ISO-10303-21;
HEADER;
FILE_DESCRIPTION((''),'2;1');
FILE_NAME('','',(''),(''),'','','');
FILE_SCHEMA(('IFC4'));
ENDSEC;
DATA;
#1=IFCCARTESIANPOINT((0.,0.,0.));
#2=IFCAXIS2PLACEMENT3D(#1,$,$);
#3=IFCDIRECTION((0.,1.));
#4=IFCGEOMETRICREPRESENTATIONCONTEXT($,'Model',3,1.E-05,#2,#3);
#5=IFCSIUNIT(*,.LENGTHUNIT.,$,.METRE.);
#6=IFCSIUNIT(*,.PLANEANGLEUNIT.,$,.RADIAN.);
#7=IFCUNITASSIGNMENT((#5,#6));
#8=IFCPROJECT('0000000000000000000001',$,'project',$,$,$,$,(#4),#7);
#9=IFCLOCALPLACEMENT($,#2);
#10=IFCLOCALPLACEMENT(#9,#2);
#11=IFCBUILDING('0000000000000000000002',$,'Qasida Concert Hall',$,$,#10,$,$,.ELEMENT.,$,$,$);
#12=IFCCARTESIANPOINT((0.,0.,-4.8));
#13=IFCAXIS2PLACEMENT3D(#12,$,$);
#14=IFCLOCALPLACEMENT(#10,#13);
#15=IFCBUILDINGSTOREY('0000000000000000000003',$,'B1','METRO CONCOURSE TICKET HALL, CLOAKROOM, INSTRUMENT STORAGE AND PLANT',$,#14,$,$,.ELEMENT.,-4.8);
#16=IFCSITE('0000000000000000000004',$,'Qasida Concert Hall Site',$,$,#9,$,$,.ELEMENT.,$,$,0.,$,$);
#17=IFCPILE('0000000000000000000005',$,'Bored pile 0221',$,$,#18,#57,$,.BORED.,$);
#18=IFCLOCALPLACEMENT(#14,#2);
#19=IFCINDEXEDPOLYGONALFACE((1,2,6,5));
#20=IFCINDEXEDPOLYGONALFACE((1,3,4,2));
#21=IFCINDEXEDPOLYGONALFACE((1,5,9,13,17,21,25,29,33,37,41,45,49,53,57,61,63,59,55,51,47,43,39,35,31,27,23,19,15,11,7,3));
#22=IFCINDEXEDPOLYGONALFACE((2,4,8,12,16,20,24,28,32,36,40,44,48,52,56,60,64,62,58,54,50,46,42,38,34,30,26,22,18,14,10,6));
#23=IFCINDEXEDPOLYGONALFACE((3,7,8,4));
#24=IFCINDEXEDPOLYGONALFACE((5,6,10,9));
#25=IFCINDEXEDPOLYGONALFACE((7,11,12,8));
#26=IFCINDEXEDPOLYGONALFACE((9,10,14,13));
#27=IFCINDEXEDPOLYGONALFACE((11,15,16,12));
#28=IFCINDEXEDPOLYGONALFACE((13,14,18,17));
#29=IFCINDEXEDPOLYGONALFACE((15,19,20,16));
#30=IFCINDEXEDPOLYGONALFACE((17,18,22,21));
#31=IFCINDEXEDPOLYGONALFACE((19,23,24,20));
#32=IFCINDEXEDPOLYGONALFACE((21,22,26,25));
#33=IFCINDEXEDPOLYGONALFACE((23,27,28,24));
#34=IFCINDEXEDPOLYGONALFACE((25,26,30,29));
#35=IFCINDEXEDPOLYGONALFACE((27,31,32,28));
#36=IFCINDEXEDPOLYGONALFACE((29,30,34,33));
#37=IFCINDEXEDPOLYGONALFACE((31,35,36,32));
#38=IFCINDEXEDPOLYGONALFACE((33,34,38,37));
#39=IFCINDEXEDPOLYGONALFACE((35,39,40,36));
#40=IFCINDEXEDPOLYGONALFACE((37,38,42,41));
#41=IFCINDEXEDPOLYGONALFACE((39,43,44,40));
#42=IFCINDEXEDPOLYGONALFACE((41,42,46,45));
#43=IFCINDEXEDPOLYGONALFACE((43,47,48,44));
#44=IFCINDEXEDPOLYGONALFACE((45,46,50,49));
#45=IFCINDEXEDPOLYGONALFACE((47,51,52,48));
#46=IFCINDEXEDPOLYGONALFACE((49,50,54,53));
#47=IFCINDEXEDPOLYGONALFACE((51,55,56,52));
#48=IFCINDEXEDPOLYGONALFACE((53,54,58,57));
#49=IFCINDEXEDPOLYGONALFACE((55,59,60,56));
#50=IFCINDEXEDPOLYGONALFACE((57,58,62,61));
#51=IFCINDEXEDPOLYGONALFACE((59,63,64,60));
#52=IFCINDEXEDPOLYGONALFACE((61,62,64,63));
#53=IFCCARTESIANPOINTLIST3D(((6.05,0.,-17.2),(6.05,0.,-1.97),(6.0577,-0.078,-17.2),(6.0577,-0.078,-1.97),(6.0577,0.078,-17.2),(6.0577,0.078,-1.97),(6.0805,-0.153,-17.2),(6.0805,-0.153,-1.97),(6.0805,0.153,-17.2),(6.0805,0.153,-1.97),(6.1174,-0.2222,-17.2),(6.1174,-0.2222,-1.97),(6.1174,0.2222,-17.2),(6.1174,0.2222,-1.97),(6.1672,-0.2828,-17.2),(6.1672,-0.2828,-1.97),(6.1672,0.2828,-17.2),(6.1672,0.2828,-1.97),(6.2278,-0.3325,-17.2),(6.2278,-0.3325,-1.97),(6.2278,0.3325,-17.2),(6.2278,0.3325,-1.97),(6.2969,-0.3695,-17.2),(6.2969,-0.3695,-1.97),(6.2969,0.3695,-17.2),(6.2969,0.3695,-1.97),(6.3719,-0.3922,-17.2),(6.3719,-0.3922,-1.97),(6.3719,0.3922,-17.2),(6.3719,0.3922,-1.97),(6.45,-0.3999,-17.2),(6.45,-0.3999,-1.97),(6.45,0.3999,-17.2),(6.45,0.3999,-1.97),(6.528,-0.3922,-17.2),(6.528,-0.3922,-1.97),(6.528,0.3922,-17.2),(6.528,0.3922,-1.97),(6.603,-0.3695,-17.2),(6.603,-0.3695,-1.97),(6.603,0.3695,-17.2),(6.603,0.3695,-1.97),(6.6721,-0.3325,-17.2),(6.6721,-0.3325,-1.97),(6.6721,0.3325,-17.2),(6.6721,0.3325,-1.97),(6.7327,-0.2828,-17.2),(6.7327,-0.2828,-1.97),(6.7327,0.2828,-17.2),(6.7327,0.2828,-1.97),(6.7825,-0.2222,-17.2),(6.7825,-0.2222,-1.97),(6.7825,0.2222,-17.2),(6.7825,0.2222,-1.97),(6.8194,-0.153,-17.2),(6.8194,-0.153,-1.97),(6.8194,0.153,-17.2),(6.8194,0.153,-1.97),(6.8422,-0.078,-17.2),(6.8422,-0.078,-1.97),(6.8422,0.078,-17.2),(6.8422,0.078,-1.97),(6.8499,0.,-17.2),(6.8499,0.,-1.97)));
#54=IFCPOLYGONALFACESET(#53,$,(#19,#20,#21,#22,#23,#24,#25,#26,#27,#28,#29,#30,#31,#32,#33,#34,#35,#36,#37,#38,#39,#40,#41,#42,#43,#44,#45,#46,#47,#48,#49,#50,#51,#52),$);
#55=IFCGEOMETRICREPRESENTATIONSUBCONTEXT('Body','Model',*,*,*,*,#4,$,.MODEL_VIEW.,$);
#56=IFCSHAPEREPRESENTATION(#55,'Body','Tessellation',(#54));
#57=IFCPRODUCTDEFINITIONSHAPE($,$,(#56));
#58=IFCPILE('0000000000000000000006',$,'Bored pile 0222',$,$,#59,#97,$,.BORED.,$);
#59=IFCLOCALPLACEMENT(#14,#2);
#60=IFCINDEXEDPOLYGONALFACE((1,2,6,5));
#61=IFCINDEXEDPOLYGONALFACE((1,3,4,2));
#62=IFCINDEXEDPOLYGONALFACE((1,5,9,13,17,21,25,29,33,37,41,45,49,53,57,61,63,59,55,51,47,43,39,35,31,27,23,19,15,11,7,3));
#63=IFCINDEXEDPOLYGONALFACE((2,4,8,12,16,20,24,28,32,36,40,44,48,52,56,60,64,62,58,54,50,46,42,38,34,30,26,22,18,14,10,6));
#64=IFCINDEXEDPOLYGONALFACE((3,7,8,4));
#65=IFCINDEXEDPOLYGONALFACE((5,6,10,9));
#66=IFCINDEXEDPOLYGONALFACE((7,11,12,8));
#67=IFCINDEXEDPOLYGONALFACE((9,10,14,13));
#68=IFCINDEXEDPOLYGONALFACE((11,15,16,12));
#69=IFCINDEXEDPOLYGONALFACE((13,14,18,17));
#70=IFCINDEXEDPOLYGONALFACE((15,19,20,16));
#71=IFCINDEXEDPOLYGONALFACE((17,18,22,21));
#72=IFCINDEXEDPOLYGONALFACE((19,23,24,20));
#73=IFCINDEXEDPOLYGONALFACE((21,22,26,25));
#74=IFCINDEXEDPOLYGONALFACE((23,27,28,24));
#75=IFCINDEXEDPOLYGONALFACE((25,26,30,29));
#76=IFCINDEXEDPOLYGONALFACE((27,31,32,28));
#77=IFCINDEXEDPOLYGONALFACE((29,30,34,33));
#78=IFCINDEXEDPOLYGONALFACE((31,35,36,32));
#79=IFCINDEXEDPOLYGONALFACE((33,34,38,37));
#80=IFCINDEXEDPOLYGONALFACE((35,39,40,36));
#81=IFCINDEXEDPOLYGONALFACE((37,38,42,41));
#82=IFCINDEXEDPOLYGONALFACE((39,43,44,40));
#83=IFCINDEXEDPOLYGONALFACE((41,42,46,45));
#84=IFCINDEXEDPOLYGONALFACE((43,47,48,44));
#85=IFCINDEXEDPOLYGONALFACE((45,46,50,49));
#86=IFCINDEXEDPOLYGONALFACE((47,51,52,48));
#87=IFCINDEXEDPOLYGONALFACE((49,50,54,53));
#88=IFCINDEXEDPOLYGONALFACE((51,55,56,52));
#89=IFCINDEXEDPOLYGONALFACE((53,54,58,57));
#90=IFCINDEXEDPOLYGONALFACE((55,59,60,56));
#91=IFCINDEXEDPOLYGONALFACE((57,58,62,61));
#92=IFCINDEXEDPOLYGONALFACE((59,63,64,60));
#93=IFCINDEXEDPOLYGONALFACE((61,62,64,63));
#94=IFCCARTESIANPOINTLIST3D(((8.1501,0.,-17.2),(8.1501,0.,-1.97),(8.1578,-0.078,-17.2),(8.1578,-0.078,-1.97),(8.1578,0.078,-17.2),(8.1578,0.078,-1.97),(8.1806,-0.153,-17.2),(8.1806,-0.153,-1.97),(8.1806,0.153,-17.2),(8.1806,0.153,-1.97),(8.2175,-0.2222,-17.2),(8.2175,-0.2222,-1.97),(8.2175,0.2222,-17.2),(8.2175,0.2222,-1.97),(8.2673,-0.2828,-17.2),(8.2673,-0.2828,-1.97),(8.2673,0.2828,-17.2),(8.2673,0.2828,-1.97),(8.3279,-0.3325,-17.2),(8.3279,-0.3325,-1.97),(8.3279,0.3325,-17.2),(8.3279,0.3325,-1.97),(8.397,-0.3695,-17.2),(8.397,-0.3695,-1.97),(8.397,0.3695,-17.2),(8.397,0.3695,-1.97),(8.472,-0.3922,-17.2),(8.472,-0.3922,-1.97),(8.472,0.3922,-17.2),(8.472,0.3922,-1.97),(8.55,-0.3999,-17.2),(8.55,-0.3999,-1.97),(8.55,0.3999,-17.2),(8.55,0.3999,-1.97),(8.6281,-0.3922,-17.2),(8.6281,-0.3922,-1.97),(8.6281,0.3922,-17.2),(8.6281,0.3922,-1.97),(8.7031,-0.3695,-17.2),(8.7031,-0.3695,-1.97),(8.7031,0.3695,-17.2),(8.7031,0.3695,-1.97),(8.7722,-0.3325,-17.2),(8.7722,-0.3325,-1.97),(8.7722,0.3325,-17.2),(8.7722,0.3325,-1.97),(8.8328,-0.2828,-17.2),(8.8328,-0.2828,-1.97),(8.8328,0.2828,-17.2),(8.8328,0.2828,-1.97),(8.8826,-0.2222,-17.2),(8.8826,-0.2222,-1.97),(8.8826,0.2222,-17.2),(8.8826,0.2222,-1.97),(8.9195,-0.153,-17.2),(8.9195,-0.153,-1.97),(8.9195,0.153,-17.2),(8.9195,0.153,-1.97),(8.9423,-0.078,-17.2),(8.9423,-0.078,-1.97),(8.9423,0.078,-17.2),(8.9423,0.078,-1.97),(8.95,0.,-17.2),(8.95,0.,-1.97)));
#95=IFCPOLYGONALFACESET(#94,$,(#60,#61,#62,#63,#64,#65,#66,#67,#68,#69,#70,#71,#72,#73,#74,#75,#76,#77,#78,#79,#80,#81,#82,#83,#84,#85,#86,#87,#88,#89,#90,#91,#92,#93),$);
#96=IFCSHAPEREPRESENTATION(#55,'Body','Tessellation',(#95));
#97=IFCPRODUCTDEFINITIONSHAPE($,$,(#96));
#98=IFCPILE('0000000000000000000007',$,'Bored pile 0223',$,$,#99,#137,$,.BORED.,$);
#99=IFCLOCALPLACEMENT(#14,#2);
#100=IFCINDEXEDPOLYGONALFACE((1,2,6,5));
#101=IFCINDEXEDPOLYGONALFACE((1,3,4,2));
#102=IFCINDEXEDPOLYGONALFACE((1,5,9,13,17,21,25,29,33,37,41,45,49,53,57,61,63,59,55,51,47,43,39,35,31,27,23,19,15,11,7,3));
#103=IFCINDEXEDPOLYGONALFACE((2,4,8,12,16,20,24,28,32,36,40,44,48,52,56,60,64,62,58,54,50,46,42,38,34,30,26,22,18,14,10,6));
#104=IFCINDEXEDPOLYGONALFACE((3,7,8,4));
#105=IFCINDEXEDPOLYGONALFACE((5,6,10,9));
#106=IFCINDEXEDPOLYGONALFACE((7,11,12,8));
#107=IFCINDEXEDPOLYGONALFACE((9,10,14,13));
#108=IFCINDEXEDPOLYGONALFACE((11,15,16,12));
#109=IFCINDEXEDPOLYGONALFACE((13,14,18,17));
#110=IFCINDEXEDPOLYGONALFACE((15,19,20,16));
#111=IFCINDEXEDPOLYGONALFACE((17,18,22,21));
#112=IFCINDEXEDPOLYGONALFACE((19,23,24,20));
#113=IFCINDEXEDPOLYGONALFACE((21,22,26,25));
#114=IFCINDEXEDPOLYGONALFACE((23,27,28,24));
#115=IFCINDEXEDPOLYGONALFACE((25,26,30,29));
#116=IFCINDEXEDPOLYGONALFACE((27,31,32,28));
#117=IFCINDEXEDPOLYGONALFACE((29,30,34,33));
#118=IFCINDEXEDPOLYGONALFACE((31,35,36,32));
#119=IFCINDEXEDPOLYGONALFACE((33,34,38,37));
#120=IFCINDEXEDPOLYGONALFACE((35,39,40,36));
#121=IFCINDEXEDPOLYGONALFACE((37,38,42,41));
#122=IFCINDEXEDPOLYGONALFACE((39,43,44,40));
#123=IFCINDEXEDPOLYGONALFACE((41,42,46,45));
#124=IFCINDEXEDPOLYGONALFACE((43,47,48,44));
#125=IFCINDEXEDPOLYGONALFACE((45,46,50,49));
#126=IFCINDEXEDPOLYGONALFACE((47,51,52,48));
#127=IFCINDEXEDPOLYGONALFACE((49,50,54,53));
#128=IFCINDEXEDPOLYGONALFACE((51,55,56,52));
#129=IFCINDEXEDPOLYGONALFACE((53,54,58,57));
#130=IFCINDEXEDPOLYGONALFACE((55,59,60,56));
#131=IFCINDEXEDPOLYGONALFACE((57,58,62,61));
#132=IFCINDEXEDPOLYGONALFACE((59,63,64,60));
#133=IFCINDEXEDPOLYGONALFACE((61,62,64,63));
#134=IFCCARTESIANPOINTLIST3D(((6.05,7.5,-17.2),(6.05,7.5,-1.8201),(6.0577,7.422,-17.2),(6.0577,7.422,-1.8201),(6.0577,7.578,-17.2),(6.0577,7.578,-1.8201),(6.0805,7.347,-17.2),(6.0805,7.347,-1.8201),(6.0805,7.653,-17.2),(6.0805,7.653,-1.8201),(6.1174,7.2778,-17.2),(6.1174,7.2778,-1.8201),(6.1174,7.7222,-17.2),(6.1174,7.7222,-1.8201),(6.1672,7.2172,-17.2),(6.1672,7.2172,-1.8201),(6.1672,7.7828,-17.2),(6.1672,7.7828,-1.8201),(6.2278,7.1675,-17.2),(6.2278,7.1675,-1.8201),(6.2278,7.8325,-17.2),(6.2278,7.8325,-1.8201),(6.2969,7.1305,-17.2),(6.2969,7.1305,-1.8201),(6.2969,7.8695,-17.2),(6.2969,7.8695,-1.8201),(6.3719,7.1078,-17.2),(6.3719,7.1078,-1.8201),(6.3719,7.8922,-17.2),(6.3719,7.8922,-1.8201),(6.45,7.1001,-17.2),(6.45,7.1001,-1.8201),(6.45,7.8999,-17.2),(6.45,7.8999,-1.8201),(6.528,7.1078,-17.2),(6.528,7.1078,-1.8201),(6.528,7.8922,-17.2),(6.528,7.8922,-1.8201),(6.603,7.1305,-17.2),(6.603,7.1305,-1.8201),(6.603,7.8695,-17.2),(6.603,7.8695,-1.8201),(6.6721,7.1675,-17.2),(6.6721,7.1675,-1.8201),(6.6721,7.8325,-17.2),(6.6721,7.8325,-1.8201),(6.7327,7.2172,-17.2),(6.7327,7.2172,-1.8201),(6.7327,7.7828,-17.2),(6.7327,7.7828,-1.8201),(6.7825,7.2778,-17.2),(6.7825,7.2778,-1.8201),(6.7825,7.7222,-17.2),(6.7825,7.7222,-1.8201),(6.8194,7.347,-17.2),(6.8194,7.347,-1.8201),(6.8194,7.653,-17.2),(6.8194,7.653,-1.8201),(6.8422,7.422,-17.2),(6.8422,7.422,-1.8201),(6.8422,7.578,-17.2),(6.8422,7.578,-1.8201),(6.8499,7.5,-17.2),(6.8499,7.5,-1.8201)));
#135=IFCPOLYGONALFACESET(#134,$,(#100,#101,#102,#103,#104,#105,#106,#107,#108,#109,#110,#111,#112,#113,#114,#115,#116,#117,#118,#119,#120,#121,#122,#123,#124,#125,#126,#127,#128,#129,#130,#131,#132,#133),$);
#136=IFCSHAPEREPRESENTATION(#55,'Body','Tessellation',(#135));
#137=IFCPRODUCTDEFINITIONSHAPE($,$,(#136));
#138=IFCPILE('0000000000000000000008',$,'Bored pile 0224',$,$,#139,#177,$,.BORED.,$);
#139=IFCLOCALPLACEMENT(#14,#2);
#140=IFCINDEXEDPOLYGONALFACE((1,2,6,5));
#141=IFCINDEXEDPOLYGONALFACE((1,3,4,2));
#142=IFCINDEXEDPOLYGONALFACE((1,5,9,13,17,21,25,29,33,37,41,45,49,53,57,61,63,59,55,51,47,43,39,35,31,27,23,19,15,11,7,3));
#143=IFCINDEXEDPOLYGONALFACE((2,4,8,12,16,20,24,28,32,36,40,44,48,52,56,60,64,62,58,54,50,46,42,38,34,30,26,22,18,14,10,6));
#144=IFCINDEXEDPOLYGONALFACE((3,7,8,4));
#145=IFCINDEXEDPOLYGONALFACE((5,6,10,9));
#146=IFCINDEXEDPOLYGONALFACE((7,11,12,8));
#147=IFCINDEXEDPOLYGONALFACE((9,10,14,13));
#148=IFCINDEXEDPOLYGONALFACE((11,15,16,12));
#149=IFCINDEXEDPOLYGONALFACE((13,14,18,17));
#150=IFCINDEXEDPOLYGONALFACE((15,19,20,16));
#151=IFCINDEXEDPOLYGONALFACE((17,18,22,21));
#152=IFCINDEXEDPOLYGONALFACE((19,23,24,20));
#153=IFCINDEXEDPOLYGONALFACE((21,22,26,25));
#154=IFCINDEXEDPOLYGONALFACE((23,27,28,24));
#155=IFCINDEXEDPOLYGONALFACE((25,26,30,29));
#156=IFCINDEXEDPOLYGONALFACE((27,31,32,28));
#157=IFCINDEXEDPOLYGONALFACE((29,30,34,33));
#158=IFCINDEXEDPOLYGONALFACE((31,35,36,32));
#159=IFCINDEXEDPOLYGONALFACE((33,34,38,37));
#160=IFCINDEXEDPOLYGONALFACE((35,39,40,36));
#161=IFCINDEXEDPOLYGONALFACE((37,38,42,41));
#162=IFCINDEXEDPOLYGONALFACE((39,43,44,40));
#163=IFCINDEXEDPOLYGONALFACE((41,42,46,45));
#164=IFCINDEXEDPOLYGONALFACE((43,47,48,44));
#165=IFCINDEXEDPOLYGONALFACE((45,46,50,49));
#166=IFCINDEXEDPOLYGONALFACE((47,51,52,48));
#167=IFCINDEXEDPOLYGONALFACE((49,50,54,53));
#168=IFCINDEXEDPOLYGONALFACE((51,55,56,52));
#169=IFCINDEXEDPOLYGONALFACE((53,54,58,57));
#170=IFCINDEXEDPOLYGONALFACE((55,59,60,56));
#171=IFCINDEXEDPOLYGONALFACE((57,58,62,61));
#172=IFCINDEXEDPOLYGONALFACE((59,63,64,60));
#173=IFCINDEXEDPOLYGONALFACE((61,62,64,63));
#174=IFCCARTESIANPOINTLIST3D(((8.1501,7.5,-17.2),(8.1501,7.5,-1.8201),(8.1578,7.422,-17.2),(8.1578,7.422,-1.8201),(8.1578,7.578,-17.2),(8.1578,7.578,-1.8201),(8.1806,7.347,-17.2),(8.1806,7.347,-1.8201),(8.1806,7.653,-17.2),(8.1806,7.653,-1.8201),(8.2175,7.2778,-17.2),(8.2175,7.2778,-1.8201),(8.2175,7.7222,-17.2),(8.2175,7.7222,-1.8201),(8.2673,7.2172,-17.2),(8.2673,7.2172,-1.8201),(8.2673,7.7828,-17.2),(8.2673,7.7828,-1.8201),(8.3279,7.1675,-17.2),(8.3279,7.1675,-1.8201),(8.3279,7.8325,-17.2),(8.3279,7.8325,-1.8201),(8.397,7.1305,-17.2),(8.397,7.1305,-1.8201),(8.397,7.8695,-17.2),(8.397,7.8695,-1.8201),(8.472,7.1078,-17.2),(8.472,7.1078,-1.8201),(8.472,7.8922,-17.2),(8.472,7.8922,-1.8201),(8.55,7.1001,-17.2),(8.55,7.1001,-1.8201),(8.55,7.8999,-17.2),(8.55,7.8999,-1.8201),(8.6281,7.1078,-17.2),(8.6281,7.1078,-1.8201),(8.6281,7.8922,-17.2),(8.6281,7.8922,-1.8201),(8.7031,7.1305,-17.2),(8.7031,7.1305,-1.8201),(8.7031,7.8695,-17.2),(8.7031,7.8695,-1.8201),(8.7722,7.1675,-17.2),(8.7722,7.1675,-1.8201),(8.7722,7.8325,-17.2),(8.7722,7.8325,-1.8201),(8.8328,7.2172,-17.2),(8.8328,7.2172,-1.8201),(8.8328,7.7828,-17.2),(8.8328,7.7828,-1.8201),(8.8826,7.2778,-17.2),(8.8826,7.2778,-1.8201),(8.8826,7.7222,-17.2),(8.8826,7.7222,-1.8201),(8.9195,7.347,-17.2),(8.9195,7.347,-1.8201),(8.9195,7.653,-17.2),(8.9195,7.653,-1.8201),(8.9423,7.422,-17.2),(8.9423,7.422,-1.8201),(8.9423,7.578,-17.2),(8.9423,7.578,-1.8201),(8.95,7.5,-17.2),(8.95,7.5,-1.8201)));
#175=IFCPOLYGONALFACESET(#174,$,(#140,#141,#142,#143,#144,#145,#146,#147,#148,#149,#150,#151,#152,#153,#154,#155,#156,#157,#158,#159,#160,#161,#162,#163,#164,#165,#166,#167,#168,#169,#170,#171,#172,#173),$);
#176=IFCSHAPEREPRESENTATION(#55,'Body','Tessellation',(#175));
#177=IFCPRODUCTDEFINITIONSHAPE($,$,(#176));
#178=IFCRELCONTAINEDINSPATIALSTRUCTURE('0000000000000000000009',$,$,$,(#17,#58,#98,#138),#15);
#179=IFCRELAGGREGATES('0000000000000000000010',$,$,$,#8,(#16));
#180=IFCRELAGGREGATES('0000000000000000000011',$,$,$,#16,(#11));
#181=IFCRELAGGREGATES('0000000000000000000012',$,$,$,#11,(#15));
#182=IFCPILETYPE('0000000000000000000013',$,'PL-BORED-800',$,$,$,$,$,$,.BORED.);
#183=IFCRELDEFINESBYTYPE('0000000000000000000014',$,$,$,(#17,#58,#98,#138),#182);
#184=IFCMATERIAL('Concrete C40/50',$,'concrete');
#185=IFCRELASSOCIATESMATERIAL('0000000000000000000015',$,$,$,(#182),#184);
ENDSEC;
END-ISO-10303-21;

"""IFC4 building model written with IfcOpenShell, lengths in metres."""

from ifc_helpers import new_model, si_unit, direction, frame, origin, origin_2d, place, context, subcontext, project, spatial, circle, extrude, material, material_profile, profile_set, type_object, element, save


model = new_model("IFC4")

# Units and contexts
model_context = context("Model", 3, precision=1e-05, world=origin(), true_north=direction((0.0, 1.0)))
body_context = subcontext(model_context, "Body", "Model", "MODEL_VIEW")
ifc_project = project(units=[si_unit("LENGTHUNIT", "METRE"), si_unit("PLANEANGLEUNIT", "RADIAN")], contexts=[model_context])

# Site, building, storey
site_placement = place(None, origin())
site = spatial("IfcSite", under=ifc_project, at=site_placement, Name="Qasida Concert Hall Site", CompositionType="ELEMENT", RefElevation=0.0)
building_placement = place(site_placement, origin())
building = spatial("IfcBuilding", under=site, at=building_placement, Name="Qasida Concert Hall", CompositionType="ELEMENT")
storey_placement = place(building_placement, frame((0.0, 0.0, -4.8)))
storey = spatial("IfcBuildingStorey", under=building, at=storey_placement, Name="B1", Description="METRO CONCOURSE TICKET HALL, CLOAKROOM, INSTRUMENT STORAGE AND PLANT", CompositionType="ELEMENT", Elevation=-4.8)

# Shared definitions
ifc_material_1 = material(Name="Concrete C40/50", Category="concrete")

# Piles
ifc_material_profile_1 = material_profile(ifc_material_1, circle(Radius=0.3999, at=origin_2d()), Name="BORED PILE D800")
ifc_profile_set_1 = profile_set([ifc_material_profile_1], Name="Concrete C40/50")
pile_type = type_object("IfcPileType", Name="PL-BORED-800", PredefinedType="BORED", material=ifc_profile_set_1)
for number, where, z_axis, x_axis, name in (
    (1, (6.45, 0.0, -1.97), (0.0, 0.0, -1.0), (1.0, 0.0, 0.0), "Bored pile 0221"),
    (2, (8.55, 0.0, -1.97), (0.0, 0.0, -1.0), (1.0, 0.0, 0.0), "Bored pile 0222"),
):
    element("IfcPile", number, at=place(storey_placement, frame(where, z_axis=z_axis, x_axis=x_axis)), inside=storey, type_object=pile_type, Name=name, PredefinedType="BORED", context=body_context, shape_type="SweptSolid", body=[
        extrude(circle(Radius=0.3999, at=origin_2d()), origin(), (0.0, 0.0, 1.0), 15.23),
    ])
for number, where, z_axis, x_axis, name in (
    (3, (6.45, 7.5, -1.8201), (0.0, 0.0, -1.0), (1.0, 0.0, 0.0), "Bored pile 0223"),
    (4, (8.55, 7.5, -1.8201), (0.0, 0.0, -1.0), (1.0, 0.0, 0.0), "Bored pile 0224"),
):
    element("IfcPile", number, at=place(storey_placement, frame(where, z_axis=z_axis, x_axis=x_axis)), inside=storey, type_object=pile_type, Name=name, PredefinedType="BORED", context=body_context, shape_type="SweptSolid", body=[
        extrude(circle(Radius=0.3999, at=origin_2d()), origin(), (0.0, 0.0, 1.0), 15.3799),
    ])

save(model, "model.ifc")
